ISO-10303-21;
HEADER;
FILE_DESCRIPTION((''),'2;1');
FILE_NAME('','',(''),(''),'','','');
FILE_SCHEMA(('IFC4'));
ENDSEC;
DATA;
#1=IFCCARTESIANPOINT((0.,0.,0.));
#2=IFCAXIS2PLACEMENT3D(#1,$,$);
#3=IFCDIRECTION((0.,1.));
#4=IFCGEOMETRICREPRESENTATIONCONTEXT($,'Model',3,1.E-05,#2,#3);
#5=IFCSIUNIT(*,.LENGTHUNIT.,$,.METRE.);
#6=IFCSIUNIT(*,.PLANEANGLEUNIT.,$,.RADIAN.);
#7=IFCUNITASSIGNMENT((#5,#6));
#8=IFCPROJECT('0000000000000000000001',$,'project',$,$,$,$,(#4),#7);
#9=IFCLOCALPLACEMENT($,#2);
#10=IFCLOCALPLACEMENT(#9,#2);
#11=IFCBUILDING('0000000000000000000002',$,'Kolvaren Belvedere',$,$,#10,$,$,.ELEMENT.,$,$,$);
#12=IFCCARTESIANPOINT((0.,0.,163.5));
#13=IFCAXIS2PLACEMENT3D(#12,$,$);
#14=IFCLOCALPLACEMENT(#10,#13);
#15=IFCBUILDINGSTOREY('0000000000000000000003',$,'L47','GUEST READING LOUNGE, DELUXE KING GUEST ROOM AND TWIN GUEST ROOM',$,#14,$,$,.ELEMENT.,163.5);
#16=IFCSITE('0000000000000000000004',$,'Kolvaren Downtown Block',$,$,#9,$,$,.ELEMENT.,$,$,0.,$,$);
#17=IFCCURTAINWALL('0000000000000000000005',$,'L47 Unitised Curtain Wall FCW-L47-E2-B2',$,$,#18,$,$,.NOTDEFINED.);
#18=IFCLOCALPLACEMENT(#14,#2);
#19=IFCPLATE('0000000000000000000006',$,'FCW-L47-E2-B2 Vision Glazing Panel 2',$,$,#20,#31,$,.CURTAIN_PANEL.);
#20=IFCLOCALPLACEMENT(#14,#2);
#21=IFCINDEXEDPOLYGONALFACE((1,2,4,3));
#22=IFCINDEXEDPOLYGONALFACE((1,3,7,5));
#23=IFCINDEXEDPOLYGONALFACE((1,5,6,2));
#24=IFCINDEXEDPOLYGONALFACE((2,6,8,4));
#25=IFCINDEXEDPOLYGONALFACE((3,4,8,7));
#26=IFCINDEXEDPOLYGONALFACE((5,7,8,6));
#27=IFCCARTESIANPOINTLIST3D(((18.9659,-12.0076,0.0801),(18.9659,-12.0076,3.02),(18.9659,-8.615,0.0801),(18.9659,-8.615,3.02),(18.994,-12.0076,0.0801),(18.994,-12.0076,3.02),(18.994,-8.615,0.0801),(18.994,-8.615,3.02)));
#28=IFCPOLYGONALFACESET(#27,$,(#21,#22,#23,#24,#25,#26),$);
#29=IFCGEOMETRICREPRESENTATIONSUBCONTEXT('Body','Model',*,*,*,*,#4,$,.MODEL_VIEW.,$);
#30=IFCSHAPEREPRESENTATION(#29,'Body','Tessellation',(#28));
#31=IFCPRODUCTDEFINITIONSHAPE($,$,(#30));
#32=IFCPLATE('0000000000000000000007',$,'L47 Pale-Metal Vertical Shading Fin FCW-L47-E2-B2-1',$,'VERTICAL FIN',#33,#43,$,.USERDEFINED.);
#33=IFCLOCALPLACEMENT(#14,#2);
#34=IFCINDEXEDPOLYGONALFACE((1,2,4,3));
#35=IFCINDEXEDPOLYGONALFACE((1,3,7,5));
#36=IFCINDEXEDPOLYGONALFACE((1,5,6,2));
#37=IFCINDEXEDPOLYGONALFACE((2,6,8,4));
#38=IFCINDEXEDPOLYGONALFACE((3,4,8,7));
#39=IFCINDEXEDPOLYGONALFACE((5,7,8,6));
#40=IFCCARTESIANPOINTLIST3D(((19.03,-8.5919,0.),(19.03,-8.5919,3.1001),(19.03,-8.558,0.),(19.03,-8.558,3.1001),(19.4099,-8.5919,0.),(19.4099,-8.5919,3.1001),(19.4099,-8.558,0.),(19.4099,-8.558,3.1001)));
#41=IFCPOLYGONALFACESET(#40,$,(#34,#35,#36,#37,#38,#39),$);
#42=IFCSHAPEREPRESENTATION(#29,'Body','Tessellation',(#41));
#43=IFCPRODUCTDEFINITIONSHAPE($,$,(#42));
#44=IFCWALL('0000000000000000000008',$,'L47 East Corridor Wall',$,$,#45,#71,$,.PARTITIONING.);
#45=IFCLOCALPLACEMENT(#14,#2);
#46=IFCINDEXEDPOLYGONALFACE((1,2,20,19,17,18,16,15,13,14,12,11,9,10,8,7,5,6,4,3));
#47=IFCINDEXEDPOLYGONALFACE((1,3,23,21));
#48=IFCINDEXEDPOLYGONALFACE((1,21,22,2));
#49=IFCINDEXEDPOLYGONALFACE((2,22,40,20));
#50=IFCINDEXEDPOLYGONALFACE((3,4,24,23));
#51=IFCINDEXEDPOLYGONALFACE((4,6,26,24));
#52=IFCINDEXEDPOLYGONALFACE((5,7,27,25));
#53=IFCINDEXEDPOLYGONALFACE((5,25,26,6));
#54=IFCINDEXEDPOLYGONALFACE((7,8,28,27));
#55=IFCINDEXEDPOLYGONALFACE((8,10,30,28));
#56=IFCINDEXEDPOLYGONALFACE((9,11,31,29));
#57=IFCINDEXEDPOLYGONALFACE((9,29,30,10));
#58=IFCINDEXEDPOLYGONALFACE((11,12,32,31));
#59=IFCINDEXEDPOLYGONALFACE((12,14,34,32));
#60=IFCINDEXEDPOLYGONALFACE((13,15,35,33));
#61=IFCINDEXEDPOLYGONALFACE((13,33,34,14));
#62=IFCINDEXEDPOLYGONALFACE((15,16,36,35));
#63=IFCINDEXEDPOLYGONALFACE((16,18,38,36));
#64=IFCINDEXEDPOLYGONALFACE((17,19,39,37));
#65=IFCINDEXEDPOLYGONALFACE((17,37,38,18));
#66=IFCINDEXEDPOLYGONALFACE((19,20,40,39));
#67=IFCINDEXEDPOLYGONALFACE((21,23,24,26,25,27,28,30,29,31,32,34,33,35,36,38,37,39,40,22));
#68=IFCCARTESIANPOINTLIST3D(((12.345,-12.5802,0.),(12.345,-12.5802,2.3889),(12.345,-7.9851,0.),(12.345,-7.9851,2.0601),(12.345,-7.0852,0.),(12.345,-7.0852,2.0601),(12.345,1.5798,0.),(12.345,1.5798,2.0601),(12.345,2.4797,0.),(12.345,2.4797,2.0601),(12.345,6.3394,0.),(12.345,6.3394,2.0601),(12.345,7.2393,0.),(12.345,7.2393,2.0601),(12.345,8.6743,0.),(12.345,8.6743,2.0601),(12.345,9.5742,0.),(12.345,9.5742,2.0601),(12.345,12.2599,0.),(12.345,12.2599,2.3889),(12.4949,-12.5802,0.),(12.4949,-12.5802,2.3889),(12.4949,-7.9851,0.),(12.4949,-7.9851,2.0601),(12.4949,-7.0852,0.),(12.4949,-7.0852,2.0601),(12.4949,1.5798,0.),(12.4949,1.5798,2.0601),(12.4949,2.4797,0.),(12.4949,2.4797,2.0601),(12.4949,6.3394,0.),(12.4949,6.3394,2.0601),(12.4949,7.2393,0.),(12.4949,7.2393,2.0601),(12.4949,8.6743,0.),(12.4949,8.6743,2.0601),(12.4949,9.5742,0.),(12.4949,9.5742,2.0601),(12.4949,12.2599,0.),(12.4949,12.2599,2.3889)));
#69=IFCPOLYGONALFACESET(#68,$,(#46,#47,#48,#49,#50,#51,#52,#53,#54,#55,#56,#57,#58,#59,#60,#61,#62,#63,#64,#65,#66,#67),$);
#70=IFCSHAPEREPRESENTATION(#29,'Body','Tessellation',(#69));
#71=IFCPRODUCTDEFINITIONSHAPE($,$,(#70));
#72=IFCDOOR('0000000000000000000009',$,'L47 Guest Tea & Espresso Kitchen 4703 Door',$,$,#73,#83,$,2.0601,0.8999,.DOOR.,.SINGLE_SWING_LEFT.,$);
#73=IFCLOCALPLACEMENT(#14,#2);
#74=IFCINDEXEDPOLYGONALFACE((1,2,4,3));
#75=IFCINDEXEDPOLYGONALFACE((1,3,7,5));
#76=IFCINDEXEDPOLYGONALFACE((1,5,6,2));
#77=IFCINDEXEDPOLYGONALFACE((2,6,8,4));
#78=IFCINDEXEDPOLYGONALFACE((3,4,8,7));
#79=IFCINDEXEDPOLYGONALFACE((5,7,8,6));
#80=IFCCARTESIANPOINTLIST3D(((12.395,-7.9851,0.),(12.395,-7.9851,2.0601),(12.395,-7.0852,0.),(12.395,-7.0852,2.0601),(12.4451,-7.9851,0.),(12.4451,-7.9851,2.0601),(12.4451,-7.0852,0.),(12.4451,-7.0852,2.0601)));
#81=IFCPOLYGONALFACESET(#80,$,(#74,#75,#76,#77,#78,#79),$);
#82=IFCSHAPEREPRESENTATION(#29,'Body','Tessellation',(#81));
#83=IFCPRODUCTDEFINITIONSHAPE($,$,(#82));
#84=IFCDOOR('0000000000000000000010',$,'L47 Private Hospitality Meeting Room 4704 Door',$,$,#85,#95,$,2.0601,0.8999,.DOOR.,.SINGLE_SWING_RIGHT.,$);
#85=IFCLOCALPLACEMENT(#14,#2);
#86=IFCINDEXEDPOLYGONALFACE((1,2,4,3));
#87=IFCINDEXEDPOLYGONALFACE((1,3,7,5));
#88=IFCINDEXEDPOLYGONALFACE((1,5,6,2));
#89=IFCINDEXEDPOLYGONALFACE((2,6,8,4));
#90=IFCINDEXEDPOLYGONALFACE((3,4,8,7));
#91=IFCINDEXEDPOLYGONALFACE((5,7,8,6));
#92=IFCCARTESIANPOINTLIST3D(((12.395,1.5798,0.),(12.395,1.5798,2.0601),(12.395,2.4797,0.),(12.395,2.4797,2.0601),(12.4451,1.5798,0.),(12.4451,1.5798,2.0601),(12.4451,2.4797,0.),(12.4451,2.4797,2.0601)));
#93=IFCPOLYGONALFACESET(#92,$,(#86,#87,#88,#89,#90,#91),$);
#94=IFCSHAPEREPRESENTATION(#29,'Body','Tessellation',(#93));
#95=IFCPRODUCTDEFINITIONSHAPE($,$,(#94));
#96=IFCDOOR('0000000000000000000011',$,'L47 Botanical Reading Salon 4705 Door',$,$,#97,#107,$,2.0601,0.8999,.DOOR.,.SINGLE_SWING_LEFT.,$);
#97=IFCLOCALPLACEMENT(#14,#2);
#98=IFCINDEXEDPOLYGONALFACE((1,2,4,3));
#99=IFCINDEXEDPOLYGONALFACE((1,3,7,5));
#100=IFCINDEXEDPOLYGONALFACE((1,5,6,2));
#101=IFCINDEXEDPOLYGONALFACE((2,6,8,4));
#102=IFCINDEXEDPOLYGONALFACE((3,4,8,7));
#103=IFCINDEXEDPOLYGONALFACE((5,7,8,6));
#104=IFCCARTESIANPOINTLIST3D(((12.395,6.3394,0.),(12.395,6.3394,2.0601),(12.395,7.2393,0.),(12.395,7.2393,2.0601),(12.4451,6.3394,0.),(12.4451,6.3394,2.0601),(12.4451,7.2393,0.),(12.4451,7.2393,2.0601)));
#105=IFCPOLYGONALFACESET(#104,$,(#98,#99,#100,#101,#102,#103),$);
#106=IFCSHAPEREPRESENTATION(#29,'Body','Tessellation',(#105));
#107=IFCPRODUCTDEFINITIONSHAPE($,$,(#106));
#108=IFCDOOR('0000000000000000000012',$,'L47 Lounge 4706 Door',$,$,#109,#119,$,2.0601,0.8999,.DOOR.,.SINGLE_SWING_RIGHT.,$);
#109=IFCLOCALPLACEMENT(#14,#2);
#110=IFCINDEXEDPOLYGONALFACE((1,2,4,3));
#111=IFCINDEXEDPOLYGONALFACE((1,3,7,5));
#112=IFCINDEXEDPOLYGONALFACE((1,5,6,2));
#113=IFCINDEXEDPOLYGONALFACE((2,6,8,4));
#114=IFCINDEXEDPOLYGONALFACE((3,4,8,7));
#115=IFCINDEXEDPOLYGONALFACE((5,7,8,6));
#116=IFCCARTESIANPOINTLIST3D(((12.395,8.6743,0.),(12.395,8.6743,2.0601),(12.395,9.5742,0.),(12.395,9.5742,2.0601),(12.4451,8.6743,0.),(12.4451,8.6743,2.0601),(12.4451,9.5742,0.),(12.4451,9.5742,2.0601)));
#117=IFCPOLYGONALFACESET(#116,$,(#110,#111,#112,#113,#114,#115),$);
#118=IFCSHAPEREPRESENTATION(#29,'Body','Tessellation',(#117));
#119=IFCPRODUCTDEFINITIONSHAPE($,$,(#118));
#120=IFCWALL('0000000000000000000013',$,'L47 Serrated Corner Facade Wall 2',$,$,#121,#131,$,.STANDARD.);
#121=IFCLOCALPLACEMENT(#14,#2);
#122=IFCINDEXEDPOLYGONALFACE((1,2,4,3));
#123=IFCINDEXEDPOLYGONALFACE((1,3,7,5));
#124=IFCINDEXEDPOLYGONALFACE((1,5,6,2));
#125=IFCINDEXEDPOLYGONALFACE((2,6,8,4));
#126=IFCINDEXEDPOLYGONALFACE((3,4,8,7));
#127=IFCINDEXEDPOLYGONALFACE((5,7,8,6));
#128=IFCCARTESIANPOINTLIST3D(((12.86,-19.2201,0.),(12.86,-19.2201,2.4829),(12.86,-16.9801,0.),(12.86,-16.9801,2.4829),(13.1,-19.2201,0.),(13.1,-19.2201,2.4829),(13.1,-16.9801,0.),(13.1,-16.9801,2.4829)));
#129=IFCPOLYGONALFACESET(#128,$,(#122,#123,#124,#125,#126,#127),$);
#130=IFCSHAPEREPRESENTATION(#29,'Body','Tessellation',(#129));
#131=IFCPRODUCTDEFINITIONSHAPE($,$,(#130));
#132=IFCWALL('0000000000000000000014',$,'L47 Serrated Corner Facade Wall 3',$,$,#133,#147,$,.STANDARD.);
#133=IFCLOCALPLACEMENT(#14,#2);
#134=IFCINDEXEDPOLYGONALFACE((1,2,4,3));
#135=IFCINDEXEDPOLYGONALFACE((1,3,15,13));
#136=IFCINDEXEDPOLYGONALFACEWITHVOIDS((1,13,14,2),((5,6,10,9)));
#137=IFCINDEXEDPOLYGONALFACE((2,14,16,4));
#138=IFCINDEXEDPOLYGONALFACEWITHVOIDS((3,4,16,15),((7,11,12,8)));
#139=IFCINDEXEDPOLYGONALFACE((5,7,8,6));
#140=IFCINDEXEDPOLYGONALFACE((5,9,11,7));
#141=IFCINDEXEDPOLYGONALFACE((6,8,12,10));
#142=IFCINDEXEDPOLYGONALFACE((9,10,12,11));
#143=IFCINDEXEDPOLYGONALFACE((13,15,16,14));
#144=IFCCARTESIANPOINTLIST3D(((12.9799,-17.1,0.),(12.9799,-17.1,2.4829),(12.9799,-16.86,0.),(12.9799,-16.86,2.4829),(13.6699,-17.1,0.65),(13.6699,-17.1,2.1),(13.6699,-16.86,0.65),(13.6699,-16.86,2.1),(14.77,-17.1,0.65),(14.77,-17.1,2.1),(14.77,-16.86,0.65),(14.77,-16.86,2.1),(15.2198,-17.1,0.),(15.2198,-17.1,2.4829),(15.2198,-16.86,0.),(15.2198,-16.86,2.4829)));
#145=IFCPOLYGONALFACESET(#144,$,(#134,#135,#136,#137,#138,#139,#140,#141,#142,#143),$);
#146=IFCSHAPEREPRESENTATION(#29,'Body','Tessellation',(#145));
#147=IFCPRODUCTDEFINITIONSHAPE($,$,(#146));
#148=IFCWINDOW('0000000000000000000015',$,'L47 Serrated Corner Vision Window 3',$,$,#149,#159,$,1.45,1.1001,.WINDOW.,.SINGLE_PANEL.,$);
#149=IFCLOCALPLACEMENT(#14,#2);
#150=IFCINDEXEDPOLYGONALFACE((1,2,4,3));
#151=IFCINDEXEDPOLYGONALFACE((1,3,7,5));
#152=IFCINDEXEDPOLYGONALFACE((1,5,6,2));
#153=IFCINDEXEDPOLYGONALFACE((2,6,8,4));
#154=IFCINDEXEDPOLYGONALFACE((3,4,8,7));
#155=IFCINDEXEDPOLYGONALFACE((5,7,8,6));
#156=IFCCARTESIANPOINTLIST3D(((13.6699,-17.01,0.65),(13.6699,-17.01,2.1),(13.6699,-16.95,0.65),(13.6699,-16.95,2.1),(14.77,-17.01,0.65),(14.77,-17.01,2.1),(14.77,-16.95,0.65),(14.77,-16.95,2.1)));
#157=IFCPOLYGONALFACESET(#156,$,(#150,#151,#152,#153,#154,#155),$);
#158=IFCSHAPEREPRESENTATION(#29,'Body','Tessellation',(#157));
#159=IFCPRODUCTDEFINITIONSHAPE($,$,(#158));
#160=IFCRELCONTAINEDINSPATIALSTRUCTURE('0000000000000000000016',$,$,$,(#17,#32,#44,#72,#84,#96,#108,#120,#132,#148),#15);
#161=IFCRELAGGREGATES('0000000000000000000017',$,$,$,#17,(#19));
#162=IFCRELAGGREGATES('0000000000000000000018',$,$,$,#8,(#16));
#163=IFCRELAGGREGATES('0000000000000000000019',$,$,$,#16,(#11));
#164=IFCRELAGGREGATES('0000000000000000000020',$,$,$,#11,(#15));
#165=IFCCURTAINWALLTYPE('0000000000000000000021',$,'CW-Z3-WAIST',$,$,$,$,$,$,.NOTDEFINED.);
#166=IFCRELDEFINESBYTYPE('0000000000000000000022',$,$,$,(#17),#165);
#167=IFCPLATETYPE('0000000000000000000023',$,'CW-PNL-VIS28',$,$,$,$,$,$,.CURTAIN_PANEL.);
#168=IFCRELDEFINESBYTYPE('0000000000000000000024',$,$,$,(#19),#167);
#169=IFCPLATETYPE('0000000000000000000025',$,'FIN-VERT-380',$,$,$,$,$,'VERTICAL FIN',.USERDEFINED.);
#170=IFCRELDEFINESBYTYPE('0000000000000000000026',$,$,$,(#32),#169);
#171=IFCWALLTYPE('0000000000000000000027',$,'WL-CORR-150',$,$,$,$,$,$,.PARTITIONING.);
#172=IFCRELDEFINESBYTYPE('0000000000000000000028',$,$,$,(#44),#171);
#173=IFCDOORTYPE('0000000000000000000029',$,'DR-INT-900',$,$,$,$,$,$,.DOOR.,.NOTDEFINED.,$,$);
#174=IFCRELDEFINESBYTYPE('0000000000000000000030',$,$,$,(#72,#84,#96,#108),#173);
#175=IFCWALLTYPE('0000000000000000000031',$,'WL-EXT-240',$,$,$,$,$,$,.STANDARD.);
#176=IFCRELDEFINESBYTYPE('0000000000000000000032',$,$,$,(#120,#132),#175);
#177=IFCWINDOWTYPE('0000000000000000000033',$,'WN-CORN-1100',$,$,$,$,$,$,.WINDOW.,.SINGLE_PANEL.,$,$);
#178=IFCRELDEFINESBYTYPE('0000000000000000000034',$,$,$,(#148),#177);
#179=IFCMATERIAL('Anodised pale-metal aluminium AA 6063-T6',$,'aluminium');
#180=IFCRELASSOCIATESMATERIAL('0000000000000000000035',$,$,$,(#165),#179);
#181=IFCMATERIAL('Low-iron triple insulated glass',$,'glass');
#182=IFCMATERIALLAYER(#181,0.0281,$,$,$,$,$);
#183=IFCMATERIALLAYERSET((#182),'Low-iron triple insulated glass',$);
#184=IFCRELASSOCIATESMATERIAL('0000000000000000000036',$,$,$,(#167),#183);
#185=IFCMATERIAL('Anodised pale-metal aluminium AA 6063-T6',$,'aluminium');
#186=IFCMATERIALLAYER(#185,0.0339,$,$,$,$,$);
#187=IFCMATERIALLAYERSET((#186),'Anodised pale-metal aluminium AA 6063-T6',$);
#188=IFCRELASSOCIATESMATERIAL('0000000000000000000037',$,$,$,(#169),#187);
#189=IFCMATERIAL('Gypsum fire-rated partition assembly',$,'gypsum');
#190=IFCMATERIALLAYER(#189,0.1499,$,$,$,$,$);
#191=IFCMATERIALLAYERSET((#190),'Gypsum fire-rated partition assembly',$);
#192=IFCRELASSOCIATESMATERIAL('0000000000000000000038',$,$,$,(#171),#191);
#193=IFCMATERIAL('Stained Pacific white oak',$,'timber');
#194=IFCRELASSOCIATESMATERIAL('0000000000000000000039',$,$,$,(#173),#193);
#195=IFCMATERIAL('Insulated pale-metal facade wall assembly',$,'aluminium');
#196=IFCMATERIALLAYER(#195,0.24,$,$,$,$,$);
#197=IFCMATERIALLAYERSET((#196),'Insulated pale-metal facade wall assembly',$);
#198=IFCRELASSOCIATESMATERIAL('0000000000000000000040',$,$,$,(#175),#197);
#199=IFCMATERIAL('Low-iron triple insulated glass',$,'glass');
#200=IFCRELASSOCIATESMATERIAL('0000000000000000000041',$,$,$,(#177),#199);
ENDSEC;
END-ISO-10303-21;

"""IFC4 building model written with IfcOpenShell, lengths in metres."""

from ifc_helpers import new_model, si_unit, direction, frame, frame_2d, origin, origin_2d, place, context, subcontext, project, spatial, rectangle, extrude, material, layer, layer_set, type_object, element, fill, aggregate, save


model = new_model("IFC4")

# Units and contexts
model_context = context("Model", 3, precision=1e-05, world=origin(), true_north=direction((0.0, 1.0)))
body_context = subcontext(model_context, "Body", "Model", "MODEL_VIEW")
ifc_project = project(units=[si_unit("LENGTHUNIT", "METRE"), si_unit("PLANEANGLEUNIT", "RADIAN")], contexts=[model_context])

# Site, building, storey
site_placement = place(None, origin())
site = spatial("IfcSite", under=ifc_project, at=site_placement, Name="Kolvaren Downtown Block", CompositionType="ELEMENT", RefElevation=0.0)
building_placement = place(site_placement, origin())
building = spatial("IfcBuilding", under=site, at=building_placement, Name="Kolvaren Belvedere", CompositionType="ELEMENT")
storey_placement = place(building_placement, frame((0.0, 0.0, 163.5)))
storey = spatial("IfcBuildingStorey", under=building, at=storey_placement, Name="L47", Description="GUEST READING LOUNGE, DELUXE KING GUEST ROOM AND TWIN GUEST ROOM", CompositionType="ELEMENT", Elevation=163.5)

# Curtain wall, plate
ifc_material_1 = material(Name="Anodised pale-metal aluminium AA 6063-T6", Category="aluminium")
curtain_wall_type = type_object("IfcCurtainWallType", Name="CW-Z3-WAIST", PredefinedType="NOTDEFINED", material=ifc_material_1)
curtain_wall_placement = place(storey_placement, origin())
curtain_wall = element("IfcCurtainWall", 1, at=curtain_wall_placement, inside=storey, type_object=curtain_wall_type, Name="L47 Unitised Curtain Wall FCW-L47-E2-B2", PredefinedType="NOTDEFINED")
ifc_material_2 = material(Name="Low-iron triple insulated glass", Category="glass")
ifc_layer_1 = layer(ifc_material_2, 0.0281)
ifc_layer_set_1 = layer_set([ifc_layer_1], Name="Low-iron triple insulated glass")
plate_type_1 = type_object("IfcPlateType", Name="CW-PNL-VIS28", PredefinedType="CURTAIN_PANEL", material=ifc_layer_set_1)
plate_1_placement = place(storey_placement, frame((18.98, -10.3113, 0.0801), z_axis=(0.0, 0.0, 1.0), x_axis=(0.0, -1.0, 0.0)))
plate_1 = element("IfcPlate", 2, at=plate_1_placement, type_object=plate_type_1, Name="FCW-L47-E2-B2 Vision Glazing Panel 2", PredefinedType="CURTAIN_PANEL", context=body_context, shape_type="SweptSolid", body=[
    extrude(rectangle(XDim=3.3926, YDim=0.0281, at=origin_2d()), origin(), (0.0, 0.0, 1.0), 2.9399),
])
aggregate(curtain_wall, [plate_1])

# Plate
ifc_material_3 = material(Name="Anodised pale-metal aluminium AA 6063-T6", Category="aluminium")
ifc_layer_2 = layer(ifc_material_3, 0.0339)
ifc_layer_set_2 = layer_set([ifc_layer_2], Name="Anodised pale-metal aluminium AA 6063-T6")
plate_type_2 = type_object("IfcPlateType", Name="FIN-VERT-380", ElementType="VERTICAL FIN", PredefinedType="USERDEFINED", material=ifc_layer_set_2)
plate_2_placement = place(storey_placement, frame((19.22, -8.575, 0.0), z_axis=(0.0, 0.0, 1.0), x_axis=(1.0, 0.0, 0.0)))
element("IfcPlate", 3, at=plate_2_placement, inside=storey, type_object=plate_type_2, Name="L47 Pale-Metal Vertical Shading Fin FCW-L47-E2-B2-1", ObjectType="VERTICAL FIN", PredefinedType="USERDEFINED", context=body_context, shape_type="SweptSolid", body=[
    extrude(rectangle(XDim=0.3799, YDim=0.0339, at=origin_2d()), origin(), (0.0, 0.0, 1.0), 3.1001),
])

# Wall, openings, doors
ifc_material_4 = material(Name="Gypsum fire-rated partition assembly", Category="gypsum")
ifc_layer_3 = layer(ifc_material_4, 0.1499)
ifc_layer_set_3 = layer_set([ifc_layer_3], Name="Gypsum fire-rated partition assembly")
wall_type_1 = type_object("IfcWallType", Name="WL-CORR-150", PredefinedType="PARTITIONING", material=ifc_layer_set_3)
wall_1_placement = place(storey_placement, frame((12.4199, -12.5801, 0.0), z_axis=(0.0, 0.0, 1.0), x_axis=(0.0, 1.0, 0.0)))
wall_1 = element("IfcWall", 4, at=wall_1_placement, inside=storey, type_object=wall_type_1, Name="L47 East Corridor Wall", PredefinedType="PARTITIONING", context=body_context, shape_type="SweptSolid", body=[
    extrude(rectangle(XDim=24.8401, YDim=0.1499, at=frame_2d((12.4199, 0.0))), origin(), (0.0, 0.0, 1.0), 2.3889),
])
opening_1_placement = place(wall_1_placement, frame((4.595, 0.0, 0.0)))
opening_1 = element("IfcOpeningElement", 5, at=opening_1_placement, cuts=wall_1, PredefinedType="OPENING", context=body_context, shape_type="SweptSolid", body=[
    extrude(rectangle(XDim=0.8999, YDim=2.0601, at=frame_2d((0.45, 1.03))), frame((0.0, 0.085, 0.0), z_axis=(0.0, -1.0, 0.0), x_axis=(1.0, 0.0, 0.0)), (0.0, 0.0, 1.0), 0.1699),
])
opening_2_placement = place(wall_1_placement, frame((14.1599, 0.0, 0.0)))
opening_2 = element("IfcOpeningElement", 6, at=opening_2_placement, cuts=wall_1, PredefinedType="OPENING", context=body_context, shape_type="SweptSolid", body=[
    extrude(rectangle(XDim=0.8999, YDim=2.0601, at=frame_2d((0.45, 1.03))), frame((0.0, 0.085, 0.0), z_axis=(0.0, -1.0, 0.0), x_axis=(1.0, 0.0, 0.0)), (0.0, 0.0, 1.0), 0.1699),
])
opening_3_placement = place(wall_1_placement, frame((18.9194, 0.0, 0.0)))
opening_3 = element("IfcOpeningElement", 7, at=opening_3_placement, cuts=wall_1, PredefinedType="OPENING", context=body_context, shape_type="SweptSolid", body=[
    extrude(rectangle(XDim=0.8999, YDim=2.0601, at=frame_2d((0.45, 1.03))), frame((0.0, 0.085, 0.0), z_axis=(0.0, -1.0, 0.0), x_axis=(1.0, 0.0, 0.0)), (0.0, 0.0, 1.0), 0.1699),
])
opening_4_placement = place(wall_1_placement, frame((21.2544, 0.0, 0.0)))
opening_4 = element("IfcOpeningElement", 8, at=opening_4_placement, cuts=wall_1, PredefinedType="OPENING", context=body_context, shape_type="SweptSolid", body=[
    extrude(rectangle(XDim=0.8999, YDim=2.0601, at=frame_2d((0.45, 1.03))), frame((0.0, 0.085, 0.0), z_axis=(0.0, -1.0, 0.0), x_axis=(1.0, 0.0, 0.0)), (0.0, 0.0, 1.0), 0.1699),
])
ifc_material_5 = material(Name="Stained Pacific white oak", Category="timber")
door_type = type_object("IfcDoorType", Name="DR-INT-900", OperationType="NOTDEFINED", PredefinedType="DOOR", material=ifc_material_5)
door_1_placement = place(opening_1_placement, origin())
door_1 = element("IfcDoor", 9, at=door_1_placement, inside=storey, type_object=door_type, Name="L47 Guest Tea & Espresso Kitchen 4703 Door", OperationType="SINGLE_SWING_LEFT", OverallHeight=2.0601, OverallWidth=0.8999, PredefinedType="DOOR", context=body_context, shape_type="SweptSolid", body=[
    extrude(rectangle(XDim=0.8999, YDim=2.0601, at=frame_2d((0.45, 1.03))), frame((0.0, 0.0249, 0.0), z_axis=(0.0, -1.0, 0.0), x_axis=(1.0, 0.0, 0.0)), (0.0, 0.0, 1.0), 0.05),
])
fill(opening_1, door_1)
door_2_placement = place(opening_2_placement, origin())
door_2 = element("IfcDoor", 10, at=door_2_placement, inside=storey, type_object=door_type, Name="L47 Private Hospitality Meeting Room 4704 Door", OperationType="SINGLE_SWING_RIGHT", OverallHeight=2.0601, OverallWidth=0.8999, PredefinedType="DOOR", context=body_context, shape_type="SweptSolid", body=[
    extrude(rectangle(XDim=0.8999, YDim=2.0601, at=frame_2d((0.45, 1.03))), frame((0.0, 0.0249, 0.0), z_axis=(0.0, -1.0, 0.0), x_axis=(1.0, 0.0, 0.0)), (0.0, 0.0, 1.0), 0.05),
])
fill(opening_2, door_2)
door_3_placement = place(opening_3_placement, origin())
door_3 = element("IfcDoor", 11, at=door_3_placement, inside=storey, type_object=door_type, Name="L47 Botanical Reading Salon 4705 Door", OperationType="SINGLE_SWING_LEFT", OverallHeight=2.0601, OverallWidth=0.8999, PredefinedType="DOOR", context=body_context, shape_type="SweptSolid", body=[
    extrude(rectangle(XDim=0.8999, YDim=2.0601, at=frame_2d((0.45, 1.03))), frame((0.0, 0.0249, 0.0), z_axis=(0.0, -1.0, 0.0), x_axis=(1.0, 0.0, 0.0)), (0.0, 0.0, 1.0), 0.05),
])
fill(opening_3, door_3)
door_4_placement = place(opening_4_placement, origin())
door_4 = element("IfcDoor", 12, at=door_4_placement, inside=storey, type_object=door_type, Name="L47 Lounge 4706 Door", OperationType="SINGLE_SWING_RIGHT", OverallHeight=2.0601, OverallWidth=0.8999, PredefinedType="DOOR", context=body_context, shape_type="SweptSolid", body=[
    extrude(rectangle(XDim=0.8999, YDim=2.0601, at=frame_2d((0.45, 1.03))), frame((0.0, 0.0249, 0.0), z_axis=(0.0, -1.0, 0.0), x_axis=(1.0, 0.0, 0.0)), (0.0, 0.0, 1.0), 0.05),
])
fill(opening_4, door_4)

# Wall
ifc_material_6 = material(Name="Insulated pale-metal facade wall assembly", Category="aluminium")
ifc_layer_4 = layer(ifc_material_6, 0.24)
ifc_layer_set_4 = layer_set([ifc_layer_4], Name="Insulated pale-metal facade wall assembly")
wall_type_2 = type_object("IfcWallType", Name="WL-EXT-240", PredefinedType="STANDARD", material=ifc_layer_set_4)
wall_2_placement = place(storey_placement, frame((12.98, -16.98, 0.0), z_axis=(0.0, 0.0, 1.0), x_axis=(0.0, -1.0, 0.0)))
element("IfcWall", 13, at=wall_2_placement, inside=storey, type_object=wall_type_2, Name="L47 Serrated Corner Facade Wall 2", PredefinedType="STANDARD", context=body_context, shape_type="SweptSolid", body=[
    extrude(rectangle(XDim=2.24, YDim=0.24, at=frame_2d((1.1201, 0.0))), origin(), (0.0, 0.0, 1.0), 2.4829),
])

# Wall, opening, window
wall_3_placement = place(storey_placement, frame((15.22, -16.98, 0.0), z_axis=(0.0, 0.0, 1.0), x_axis=(-1.0, 0.0, 0.0)))
wall_3 = element("IfcWall", 14, at=wall_3_placement, inside=storey, type_object=wall_type_2, Name="L47 Serrated Corner Facade Wall 3", PredefinedType="STANDARD", context=body_context, shape_type="SweptSolid", body=[
    extrude(rectangle(XDim=2.24, YDim=0.24, at=frame_2d((1.1201, 0.0))), origin(), (0.0, 0.0, 1.0), 2.4829),
])
opening_5_placement = place(wall_3_placement, frame((0.45, 0.0, 0.6499)))
opening_5 = element("IfcOpeningElement", 15, at=opening_5_placement, cuts=wall_3, PredefinedType="OPENING", context=body_context, shape_type="SweptSolid", body=[
    extrude(rectangle(XDim=1.1001, YDim=1.45, at=frame_2d((0.55, 0.7251))), frame((0.0, 0.1299, 0.0), z_axis=(0.0, -1.0, 0.0), x_axis=(1.0, 0.0, 0.0)), (0.0, 0.0, 1.0), 0.26),
])
ifc_material_7 = material(Name="Low-iron triple insulated glass", Category="glass")
window_type = type_object("IfcWindowType", Name="WN-CORN-1100", PartitioningType="SINGLE_PANEL", PredefinedType="WINDOW", material=ifc_material_7)
window_1_placement = place(opening_5_placement, origin())
window_1 = element("IfcWindow", 16, at=window_1_placement, inside=storey, type_object=window_type, Name="L47 Serrated Corner Vision Window 3", OverallHeight=1.45, OverallWidth=1.1001, PartitioningType="SINGLE_PANEL", PredefinedType="WINDOW", context=body_context, shape_type="SweptSolid", body=[
    extrude(rectangle(XDim=1.1001, YDim=1.45, at=frame_2d((0.55, 0.7251))), frame((0.0, 0.03, 0.0), z_axis=(0.0, -1.0, 0.0), x_axis=(1.0, 0.0, 0.0)), (0.0, 0.0, 1.0), 0.0601),
])
fill(opening_5, window_1)

save(model, "model.ifc")
